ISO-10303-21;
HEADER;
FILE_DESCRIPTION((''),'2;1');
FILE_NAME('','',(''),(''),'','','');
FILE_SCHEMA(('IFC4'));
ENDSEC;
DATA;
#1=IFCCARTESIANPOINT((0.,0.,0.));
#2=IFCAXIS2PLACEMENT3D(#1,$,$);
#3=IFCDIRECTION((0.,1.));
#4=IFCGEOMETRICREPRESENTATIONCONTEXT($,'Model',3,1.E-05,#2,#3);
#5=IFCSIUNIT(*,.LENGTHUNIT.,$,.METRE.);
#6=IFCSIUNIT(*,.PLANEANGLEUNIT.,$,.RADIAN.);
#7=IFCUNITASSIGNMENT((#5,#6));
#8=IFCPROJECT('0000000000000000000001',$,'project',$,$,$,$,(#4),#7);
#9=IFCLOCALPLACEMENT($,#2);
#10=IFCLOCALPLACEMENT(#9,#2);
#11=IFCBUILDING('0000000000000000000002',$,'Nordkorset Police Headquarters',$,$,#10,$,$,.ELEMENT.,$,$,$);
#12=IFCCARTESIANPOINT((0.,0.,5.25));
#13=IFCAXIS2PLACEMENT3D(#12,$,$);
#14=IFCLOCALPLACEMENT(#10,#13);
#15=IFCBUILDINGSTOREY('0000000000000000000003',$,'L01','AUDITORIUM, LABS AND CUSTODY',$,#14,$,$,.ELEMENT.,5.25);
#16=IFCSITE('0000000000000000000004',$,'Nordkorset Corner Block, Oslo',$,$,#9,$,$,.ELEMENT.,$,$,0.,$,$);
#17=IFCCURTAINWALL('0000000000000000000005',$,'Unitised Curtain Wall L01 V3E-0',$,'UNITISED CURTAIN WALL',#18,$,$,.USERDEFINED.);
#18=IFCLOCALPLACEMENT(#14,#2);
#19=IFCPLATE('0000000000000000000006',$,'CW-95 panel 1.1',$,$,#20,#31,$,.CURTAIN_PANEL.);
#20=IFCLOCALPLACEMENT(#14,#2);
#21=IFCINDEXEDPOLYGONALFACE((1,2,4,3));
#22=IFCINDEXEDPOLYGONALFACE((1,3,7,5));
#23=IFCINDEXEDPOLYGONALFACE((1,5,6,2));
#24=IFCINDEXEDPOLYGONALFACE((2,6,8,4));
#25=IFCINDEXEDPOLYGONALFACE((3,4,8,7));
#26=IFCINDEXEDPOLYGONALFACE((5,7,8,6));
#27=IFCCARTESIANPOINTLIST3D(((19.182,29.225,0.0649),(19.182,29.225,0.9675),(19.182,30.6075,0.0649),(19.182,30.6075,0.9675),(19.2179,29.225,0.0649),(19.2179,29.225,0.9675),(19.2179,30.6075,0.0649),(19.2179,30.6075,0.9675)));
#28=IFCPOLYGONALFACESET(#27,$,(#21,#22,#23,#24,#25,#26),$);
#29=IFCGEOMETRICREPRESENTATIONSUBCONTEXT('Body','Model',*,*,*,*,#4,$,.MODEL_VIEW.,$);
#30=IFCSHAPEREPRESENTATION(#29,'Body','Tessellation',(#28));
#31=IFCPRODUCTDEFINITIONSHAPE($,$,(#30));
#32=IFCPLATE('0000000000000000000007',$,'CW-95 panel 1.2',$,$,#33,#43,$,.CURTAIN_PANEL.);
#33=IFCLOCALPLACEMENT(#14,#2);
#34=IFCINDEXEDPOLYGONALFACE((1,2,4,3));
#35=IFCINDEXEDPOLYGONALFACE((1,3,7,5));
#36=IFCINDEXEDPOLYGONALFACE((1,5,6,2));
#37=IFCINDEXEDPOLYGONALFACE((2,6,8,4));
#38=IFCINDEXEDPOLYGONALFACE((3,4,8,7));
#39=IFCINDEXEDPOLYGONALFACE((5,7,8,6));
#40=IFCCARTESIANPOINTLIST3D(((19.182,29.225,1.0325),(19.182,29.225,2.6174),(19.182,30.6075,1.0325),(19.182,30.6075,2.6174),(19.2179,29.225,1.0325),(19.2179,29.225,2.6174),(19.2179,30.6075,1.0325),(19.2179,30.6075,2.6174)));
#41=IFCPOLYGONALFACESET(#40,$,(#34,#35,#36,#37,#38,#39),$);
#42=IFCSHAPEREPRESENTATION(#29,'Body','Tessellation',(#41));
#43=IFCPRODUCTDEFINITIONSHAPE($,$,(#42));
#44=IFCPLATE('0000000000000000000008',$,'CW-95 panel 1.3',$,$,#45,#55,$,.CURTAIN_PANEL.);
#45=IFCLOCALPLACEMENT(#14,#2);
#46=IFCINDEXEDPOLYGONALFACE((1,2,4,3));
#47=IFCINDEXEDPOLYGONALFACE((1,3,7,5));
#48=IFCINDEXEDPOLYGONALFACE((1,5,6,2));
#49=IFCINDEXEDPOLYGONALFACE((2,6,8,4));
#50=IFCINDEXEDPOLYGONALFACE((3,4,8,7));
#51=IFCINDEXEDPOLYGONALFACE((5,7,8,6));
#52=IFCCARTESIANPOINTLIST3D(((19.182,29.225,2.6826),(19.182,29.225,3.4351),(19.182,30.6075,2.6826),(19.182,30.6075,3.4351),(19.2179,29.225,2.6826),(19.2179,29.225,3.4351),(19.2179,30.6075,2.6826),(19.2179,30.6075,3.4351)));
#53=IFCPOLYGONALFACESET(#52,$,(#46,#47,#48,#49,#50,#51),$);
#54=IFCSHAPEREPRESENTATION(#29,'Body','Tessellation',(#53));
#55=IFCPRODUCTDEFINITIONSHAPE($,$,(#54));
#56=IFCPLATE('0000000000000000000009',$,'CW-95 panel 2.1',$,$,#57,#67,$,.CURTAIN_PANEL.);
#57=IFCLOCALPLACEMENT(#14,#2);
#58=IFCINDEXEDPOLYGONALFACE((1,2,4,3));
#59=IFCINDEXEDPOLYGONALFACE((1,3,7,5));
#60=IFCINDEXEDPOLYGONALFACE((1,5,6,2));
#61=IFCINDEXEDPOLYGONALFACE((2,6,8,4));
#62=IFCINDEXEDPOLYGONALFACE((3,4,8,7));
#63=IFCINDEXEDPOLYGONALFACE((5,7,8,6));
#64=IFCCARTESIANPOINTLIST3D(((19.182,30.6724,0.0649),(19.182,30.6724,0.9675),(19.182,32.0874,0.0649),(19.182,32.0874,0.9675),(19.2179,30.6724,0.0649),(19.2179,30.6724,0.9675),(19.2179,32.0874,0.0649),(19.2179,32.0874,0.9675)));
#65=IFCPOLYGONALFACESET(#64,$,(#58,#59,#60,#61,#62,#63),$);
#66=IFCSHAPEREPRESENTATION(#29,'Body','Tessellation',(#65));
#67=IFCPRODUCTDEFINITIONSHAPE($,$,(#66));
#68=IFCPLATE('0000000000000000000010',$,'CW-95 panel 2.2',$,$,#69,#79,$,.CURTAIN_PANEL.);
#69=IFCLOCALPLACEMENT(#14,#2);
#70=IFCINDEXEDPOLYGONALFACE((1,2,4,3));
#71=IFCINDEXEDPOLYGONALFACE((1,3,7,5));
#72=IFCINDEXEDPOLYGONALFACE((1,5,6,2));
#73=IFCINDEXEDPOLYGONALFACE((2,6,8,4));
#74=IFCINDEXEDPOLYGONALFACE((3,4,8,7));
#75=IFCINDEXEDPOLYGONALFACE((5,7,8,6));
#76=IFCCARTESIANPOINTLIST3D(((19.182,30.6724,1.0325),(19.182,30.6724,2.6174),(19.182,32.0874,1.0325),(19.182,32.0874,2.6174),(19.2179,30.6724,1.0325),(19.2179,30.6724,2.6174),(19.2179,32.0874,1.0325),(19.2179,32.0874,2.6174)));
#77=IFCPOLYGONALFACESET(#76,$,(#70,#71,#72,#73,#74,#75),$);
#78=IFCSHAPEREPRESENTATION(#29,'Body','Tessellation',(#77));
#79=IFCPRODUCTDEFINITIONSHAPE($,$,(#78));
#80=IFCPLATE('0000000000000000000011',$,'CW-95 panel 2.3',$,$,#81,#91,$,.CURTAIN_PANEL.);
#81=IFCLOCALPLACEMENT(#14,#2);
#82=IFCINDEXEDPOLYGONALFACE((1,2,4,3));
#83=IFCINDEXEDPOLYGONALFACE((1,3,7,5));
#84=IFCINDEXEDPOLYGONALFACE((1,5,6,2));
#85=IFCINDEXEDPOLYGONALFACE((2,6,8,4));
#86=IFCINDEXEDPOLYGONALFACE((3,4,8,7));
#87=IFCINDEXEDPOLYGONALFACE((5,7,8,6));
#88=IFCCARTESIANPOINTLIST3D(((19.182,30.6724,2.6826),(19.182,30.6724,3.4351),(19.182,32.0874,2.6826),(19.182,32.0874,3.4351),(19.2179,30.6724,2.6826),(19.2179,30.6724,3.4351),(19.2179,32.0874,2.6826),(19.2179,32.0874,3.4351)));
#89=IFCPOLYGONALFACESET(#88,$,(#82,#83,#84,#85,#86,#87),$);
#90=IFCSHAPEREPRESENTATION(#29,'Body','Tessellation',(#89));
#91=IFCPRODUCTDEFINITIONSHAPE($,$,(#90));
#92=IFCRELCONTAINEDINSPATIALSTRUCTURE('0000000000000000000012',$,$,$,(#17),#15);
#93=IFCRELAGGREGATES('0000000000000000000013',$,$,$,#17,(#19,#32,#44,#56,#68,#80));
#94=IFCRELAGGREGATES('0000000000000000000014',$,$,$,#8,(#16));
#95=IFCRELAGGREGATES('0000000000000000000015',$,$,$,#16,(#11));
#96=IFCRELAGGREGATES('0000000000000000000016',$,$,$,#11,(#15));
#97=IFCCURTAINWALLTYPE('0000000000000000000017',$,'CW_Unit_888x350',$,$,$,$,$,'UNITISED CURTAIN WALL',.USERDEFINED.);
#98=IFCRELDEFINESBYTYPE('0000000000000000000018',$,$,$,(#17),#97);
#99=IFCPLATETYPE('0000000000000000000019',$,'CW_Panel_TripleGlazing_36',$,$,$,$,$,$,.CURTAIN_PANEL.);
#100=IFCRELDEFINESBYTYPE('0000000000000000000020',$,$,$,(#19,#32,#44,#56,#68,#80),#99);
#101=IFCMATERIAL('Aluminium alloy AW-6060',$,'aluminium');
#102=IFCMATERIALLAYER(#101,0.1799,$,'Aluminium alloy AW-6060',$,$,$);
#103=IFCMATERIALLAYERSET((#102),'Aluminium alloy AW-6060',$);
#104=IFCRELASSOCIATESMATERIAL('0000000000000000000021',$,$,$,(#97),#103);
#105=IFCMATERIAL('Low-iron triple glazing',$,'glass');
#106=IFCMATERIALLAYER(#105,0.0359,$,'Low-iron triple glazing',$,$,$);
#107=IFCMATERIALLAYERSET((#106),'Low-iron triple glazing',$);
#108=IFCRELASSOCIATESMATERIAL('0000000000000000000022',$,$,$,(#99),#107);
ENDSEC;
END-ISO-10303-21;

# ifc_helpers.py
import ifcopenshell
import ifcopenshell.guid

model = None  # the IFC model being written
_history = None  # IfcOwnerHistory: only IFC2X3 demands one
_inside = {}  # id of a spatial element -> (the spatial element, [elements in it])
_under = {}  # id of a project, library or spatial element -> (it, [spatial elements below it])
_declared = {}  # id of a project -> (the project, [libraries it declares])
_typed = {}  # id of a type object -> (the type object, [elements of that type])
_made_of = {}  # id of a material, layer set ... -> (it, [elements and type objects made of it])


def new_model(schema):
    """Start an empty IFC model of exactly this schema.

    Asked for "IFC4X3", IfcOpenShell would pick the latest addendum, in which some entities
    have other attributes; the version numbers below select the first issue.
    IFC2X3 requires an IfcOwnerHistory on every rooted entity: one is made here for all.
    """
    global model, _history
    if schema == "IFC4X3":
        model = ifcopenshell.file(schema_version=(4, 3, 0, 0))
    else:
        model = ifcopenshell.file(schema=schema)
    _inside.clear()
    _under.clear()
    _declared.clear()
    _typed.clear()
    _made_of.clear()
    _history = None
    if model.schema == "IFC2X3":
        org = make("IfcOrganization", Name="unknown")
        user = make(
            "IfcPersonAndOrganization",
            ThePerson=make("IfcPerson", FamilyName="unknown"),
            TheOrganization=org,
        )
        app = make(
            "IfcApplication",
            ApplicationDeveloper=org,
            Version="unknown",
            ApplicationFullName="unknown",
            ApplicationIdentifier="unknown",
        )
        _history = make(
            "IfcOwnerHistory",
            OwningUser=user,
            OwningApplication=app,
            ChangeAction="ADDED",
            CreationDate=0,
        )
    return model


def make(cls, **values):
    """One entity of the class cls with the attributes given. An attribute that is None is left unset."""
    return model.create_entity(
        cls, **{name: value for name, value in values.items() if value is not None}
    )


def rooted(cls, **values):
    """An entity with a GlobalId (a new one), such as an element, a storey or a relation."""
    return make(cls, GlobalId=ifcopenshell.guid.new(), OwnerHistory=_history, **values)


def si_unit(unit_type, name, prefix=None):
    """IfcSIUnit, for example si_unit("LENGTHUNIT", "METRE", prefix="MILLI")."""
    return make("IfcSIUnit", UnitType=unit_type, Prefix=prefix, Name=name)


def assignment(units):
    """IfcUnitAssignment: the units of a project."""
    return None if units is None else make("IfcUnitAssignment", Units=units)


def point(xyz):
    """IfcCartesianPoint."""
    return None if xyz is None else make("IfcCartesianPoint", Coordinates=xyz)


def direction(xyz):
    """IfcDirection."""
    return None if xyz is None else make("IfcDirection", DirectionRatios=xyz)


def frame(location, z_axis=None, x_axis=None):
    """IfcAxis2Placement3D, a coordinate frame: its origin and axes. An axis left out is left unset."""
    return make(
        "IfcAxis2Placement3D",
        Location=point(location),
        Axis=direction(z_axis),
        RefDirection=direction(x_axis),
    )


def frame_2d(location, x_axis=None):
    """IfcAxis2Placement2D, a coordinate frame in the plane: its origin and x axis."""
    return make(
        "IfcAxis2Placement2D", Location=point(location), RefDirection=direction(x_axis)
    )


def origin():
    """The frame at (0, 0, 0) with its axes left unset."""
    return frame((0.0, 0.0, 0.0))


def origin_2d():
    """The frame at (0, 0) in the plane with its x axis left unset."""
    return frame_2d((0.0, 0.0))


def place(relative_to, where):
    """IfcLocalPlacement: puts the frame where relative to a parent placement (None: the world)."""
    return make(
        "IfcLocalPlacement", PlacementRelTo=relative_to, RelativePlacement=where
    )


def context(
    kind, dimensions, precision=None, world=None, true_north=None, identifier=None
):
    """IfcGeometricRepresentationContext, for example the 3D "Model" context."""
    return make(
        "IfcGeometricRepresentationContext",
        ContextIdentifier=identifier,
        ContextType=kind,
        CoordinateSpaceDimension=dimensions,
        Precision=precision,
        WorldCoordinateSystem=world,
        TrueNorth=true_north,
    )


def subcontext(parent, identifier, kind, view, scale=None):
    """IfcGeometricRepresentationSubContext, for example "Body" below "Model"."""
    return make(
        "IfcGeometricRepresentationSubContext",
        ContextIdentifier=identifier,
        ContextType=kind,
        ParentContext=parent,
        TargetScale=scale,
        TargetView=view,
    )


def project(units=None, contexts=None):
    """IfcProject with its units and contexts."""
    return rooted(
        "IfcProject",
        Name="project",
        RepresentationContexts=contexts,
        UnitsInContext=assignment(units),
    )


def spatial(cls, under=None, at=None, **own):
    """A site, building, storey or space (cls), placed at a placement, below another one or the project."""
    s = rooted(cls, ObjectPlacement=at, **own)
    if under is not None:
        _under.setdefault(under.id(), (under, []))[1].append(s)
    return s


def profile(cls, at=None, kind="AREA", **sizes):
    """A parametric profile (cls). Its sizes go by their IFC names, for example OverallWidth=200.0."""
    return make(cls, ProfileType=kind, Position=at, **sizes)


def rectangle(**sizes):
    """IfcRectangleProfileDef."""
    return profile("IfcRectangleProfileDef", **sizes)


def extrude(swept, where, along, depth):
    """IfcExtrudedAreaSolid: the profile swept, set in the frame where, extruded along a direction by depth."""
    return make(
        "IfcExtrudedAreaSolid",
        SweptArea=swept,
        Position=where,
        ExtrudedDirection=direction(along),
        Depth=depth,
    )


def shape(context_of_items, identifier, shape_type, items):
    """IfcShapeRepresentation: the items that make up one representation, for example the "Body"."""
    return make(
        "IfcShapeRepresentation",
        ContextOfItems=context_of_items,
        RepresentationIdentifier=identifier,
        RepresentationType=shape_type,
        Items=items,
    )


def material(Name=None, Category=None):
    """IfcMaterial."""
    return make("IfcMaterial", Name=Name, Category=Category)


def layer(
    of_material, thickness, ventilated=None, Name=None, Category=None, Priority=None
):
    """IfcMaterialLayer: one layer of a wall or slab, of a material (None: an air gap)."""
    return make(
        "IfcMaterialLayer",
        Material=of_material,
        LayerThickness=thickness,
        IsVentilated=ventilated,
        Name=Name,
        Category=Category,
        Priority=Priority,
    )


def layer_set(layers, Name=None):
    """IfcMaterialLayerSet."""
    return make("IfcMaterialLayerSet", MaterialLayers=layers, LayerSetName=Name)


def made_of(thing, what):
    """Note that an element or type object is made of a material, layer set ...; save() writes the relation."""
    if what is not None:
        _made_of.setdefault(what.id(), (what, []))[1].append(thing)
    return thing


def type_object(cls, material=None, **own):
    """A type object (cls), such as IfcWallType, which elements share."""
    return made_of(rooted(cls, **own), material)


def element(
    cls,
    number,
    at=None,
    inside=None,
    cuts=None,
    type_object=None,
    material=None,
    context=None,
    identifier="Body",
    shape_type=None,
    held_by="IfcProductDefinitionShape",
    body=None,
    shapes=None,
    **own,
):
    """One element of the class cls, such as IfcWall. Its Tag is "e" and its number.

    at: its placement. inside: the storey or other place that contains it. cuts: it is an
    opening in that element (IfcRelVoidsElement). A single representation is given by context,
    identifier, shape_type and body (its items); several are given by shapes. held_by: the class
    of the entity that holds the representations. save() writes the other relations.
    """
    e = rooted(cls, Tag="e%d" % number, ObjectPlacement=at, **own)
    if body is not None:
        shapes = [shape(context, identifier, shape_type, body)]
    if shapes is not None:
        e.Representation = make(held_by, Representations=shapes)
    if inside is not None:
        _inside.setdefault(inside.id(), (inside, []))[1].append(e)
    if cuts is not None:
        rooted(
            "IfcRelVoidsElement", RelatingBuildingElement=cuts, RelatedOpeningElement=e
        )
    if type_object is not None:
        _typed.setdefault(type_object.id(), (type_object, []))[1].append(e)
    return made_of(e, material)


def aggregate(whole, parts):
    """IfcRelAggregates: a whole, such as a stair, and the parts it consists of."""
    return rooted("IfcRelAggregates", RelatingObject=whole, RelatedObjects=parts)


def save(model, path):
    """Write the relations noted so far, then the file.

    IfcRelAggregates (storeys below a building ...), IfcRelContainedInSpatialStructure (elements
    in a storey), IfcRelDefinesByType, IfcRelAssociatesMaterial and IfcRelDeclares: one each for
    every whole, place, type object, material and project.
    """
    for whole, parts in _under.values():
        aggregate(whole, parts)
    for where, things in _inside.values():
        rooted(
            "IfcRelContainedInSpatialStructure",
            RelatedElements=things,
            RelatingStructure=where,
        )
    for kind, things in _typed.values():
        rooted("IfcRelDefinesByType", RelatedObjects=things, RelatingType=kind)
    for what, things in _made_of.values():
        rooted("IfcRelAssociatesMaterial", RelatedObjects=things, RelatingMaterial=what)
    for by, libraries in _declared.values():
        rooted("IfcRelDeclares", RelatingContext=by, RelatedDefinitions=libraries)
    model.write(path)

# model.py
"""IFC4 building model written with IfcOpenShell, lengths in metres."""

from ifc_helpers import new_model, si_unit, direction, frame, origin, origin_2d, place, context, subcontext, project, spatial, rectangle, extrude, material, layer, layer_set, type_object, element, aggregate, save


model = new_model("IFC4")

# Units and contexts
model_context = context("Model", 3, precision=1e-05, world=origin(), true_north=direction((0.0, 1.0)))
body_context = subcontext(model_context, "Body", "Model", "MODEL_VIEW")
ifc_project = project(units=[si_unit("LENGTHUNIT", "METRE"), si_unit("PLANEANGLEUNIT", "RADIAN")], contexts=[model_context])

# Site, building, storey
site_placement = place(None, origin())
site = spatial("IfcSite", under=ifc_project, at=site_placement, Name="Nordkorset Corner Block, Oslo", CompositionType="ELEMENT", RefElevation=0.0)
building_placement = place(site_placement, origin())
building = spatial("IfcBuilding", under=site, at=building_placement, Name="Nordkorset Police Headquarters", CompositionType="ELEMENT")
storey_placement = place(building_placement, frame((0.0, 0.0, 5.25)))
storey = spatial("IfcBuildingStorey", under=building, at=storey_placement, Name="L01", Description="AUDITORIUM, LABS AND CUSTODY", CompositionType="ELEMENT", Elevation=5.25)

# Curtain wall
ifc_material_1 = material(Name="Aluminium alloy AW-6060", Category="aluminium")
ifc_layer_1 = layer(ifc_material_1, 0.1799, Name="Aluminium alloy AW-6060")
ifc_layer_set_1 = layer_set([ifc_layer_1], Name="Aluminium alloy AW-6060")
curtain_wall_type = type_object("IfcCurtainWallType", Name="CW_Unit_888x350", ElementType="UNITISED CURTAIN WALL", PredefinedType="USERDEFINED", material=ifc_layer_set_1)
curtain_wall_placement = place(storey_placement, origin())
curtain_wall = element("IfcCurtainWall", 1, at=curtain_wall_placement, inside=storey, type_object=curtain_wall_type, Name="Unitised Curtain Wall L01 V3E-0", ObjectType="UNITISED CURTAIN WALL", PredefinedType="USERDEFINED")

# Plates
ifc_material_2 = material(Name="Low-iron triple glazing", Category="glass")
ifc_layer_2 = layer(ifc_material_2, 0.0359, Name="Low-iron triple glazing")
ifc_layer_set_2 = layer_set([ifc_layer_2], Name="Low-iron triple glazing")
plate_type = type_object("IfcPlateType", Name="CW_Panel_TripleGlazing_36", PredefinedType="CURTAIN_PANEL", material=ifc_layer_set_2)
plate_1_placement = place(storey_placement, frame((19.2, 29.9163, 0.0649), z_axis=(0.0, 0.0, 1.0), x_axis=(0.0, 1.0, 0.0)))
plate_1 = element("IfcPlate", 2, at=plate_1_placement, type_object=plate_type, Name="CW-95 panel 1.1", PredefinedType="CURTAIN_PANEL", context=body_context, shape_type="SweptSolid", body=[
    extrude(rectangle(XDim=1.3826, YDim=0.0359, at=origin_2d()), origin(), (0.0, 0.0, 1.0), 0.9026),
])
plate_2_placement = place(storey_placement, frame((19.2, 29.9163, 1.0325), z_axis=(0.0, 0.0, 1.0), x_axis=(0.0, 1.0, 0.0)))
plate_2 = element("IfcPlate", 3, at=plate_2_placement, type_object=plate_type, Name="CW-95 panel 1.2", PredefinedType="CURTAIN_PANEL", context=body_context, shape_type="SweptSolid", body=[
    extrude(rectangle(XDim=1.3826, YDim=0.0359, at=origin_2d()), origin(), (0.0, 0.0, 1.0), 1.585),
])
plate_3_placement = place(storey_placement, frame((19.2, 29.9163, 2.6826), z_axis=(0.0, 0.0, 1.0), x_axis=(0.0, 1.0, 0.0)))
plate_3 = element("IfcPlate", 4, at=plate_3_placement, type_object=plate_type, Name="CW-95 panel 1.3", PredefinedType="CURTAIN_PANEL", context=body_context, shape_type="SweptSolid", body=[
    extrude(rectangle(XDim=1.3826, YDim=0.0359, at=origin_2d()), origin(), (0.0, 0.0, 1.0), 0.7524),
])
plate_4_placement = place(storey_placement, frame((19.2, 31.3799, 0.0649), z_axis=(0.0, 0.0, 1.0), x_axis=(0.0, 1.0, 0.0)))
plate_4 = element("IfcPlate", 5, at=plate_4_placement, type_object=plate_type, Name="CW-95 panel 2.1", PredefinedType="CURTAIN_PANEL", context=body_context, shape_type="SweptSolid", body=[
    extrude(rectangle(XDim=1.415, YDim=0.0359, at=origin_2d()), origin(), (0.0, 0.0, 1.0), 0.9026),
])
plate_5_placement = place(storey_placement, frame((19.2, 31.3799, 1.0325), z_axis=(0.0, 0.0, 1.0), x_axis=(0.0, 1.0, 0.0)))
plate_5 = element("IfcPlate", 6, at=plate_5_placement, type_object=plate_type, Name="CW-95 panel 2.2", PredefinedType="CURTAIN_PANEL", context=body_context, shape_type="SweptSolid", body=[
    extrude(rectangle(XDim=1.415, YDim=0.0359, at=origin_2d()), origin(), (0.0, 0.0, 1.0), 1.585),
])
plate_6_placement = place(storey_placement, frame((19.2, 31.3799, 2.6826), z_axis=(0.0, 0.0, 1.0), x_axis=(0.0, 1.0, 0.0)))
plate_6 = element("IfcPlate", 7, at=plate_6_placement, type_object=plate_type, Name="CW-95 panel 2.3", PredefinedType="CURTAIN_PANEL", context=body_context, shape_type="SweptSolid", body=[
    extrude(rectangle(XDim=1.415, YDim=0.0359, at=origin_2d()), origin(), (0.0, 0.0, 1.0), 0.7524),
])
aggregate(curtain_wall, [plate_1, plate_2, plate_3, plate_4, plate_5, plate_6])

save(model, "model.ifc")
